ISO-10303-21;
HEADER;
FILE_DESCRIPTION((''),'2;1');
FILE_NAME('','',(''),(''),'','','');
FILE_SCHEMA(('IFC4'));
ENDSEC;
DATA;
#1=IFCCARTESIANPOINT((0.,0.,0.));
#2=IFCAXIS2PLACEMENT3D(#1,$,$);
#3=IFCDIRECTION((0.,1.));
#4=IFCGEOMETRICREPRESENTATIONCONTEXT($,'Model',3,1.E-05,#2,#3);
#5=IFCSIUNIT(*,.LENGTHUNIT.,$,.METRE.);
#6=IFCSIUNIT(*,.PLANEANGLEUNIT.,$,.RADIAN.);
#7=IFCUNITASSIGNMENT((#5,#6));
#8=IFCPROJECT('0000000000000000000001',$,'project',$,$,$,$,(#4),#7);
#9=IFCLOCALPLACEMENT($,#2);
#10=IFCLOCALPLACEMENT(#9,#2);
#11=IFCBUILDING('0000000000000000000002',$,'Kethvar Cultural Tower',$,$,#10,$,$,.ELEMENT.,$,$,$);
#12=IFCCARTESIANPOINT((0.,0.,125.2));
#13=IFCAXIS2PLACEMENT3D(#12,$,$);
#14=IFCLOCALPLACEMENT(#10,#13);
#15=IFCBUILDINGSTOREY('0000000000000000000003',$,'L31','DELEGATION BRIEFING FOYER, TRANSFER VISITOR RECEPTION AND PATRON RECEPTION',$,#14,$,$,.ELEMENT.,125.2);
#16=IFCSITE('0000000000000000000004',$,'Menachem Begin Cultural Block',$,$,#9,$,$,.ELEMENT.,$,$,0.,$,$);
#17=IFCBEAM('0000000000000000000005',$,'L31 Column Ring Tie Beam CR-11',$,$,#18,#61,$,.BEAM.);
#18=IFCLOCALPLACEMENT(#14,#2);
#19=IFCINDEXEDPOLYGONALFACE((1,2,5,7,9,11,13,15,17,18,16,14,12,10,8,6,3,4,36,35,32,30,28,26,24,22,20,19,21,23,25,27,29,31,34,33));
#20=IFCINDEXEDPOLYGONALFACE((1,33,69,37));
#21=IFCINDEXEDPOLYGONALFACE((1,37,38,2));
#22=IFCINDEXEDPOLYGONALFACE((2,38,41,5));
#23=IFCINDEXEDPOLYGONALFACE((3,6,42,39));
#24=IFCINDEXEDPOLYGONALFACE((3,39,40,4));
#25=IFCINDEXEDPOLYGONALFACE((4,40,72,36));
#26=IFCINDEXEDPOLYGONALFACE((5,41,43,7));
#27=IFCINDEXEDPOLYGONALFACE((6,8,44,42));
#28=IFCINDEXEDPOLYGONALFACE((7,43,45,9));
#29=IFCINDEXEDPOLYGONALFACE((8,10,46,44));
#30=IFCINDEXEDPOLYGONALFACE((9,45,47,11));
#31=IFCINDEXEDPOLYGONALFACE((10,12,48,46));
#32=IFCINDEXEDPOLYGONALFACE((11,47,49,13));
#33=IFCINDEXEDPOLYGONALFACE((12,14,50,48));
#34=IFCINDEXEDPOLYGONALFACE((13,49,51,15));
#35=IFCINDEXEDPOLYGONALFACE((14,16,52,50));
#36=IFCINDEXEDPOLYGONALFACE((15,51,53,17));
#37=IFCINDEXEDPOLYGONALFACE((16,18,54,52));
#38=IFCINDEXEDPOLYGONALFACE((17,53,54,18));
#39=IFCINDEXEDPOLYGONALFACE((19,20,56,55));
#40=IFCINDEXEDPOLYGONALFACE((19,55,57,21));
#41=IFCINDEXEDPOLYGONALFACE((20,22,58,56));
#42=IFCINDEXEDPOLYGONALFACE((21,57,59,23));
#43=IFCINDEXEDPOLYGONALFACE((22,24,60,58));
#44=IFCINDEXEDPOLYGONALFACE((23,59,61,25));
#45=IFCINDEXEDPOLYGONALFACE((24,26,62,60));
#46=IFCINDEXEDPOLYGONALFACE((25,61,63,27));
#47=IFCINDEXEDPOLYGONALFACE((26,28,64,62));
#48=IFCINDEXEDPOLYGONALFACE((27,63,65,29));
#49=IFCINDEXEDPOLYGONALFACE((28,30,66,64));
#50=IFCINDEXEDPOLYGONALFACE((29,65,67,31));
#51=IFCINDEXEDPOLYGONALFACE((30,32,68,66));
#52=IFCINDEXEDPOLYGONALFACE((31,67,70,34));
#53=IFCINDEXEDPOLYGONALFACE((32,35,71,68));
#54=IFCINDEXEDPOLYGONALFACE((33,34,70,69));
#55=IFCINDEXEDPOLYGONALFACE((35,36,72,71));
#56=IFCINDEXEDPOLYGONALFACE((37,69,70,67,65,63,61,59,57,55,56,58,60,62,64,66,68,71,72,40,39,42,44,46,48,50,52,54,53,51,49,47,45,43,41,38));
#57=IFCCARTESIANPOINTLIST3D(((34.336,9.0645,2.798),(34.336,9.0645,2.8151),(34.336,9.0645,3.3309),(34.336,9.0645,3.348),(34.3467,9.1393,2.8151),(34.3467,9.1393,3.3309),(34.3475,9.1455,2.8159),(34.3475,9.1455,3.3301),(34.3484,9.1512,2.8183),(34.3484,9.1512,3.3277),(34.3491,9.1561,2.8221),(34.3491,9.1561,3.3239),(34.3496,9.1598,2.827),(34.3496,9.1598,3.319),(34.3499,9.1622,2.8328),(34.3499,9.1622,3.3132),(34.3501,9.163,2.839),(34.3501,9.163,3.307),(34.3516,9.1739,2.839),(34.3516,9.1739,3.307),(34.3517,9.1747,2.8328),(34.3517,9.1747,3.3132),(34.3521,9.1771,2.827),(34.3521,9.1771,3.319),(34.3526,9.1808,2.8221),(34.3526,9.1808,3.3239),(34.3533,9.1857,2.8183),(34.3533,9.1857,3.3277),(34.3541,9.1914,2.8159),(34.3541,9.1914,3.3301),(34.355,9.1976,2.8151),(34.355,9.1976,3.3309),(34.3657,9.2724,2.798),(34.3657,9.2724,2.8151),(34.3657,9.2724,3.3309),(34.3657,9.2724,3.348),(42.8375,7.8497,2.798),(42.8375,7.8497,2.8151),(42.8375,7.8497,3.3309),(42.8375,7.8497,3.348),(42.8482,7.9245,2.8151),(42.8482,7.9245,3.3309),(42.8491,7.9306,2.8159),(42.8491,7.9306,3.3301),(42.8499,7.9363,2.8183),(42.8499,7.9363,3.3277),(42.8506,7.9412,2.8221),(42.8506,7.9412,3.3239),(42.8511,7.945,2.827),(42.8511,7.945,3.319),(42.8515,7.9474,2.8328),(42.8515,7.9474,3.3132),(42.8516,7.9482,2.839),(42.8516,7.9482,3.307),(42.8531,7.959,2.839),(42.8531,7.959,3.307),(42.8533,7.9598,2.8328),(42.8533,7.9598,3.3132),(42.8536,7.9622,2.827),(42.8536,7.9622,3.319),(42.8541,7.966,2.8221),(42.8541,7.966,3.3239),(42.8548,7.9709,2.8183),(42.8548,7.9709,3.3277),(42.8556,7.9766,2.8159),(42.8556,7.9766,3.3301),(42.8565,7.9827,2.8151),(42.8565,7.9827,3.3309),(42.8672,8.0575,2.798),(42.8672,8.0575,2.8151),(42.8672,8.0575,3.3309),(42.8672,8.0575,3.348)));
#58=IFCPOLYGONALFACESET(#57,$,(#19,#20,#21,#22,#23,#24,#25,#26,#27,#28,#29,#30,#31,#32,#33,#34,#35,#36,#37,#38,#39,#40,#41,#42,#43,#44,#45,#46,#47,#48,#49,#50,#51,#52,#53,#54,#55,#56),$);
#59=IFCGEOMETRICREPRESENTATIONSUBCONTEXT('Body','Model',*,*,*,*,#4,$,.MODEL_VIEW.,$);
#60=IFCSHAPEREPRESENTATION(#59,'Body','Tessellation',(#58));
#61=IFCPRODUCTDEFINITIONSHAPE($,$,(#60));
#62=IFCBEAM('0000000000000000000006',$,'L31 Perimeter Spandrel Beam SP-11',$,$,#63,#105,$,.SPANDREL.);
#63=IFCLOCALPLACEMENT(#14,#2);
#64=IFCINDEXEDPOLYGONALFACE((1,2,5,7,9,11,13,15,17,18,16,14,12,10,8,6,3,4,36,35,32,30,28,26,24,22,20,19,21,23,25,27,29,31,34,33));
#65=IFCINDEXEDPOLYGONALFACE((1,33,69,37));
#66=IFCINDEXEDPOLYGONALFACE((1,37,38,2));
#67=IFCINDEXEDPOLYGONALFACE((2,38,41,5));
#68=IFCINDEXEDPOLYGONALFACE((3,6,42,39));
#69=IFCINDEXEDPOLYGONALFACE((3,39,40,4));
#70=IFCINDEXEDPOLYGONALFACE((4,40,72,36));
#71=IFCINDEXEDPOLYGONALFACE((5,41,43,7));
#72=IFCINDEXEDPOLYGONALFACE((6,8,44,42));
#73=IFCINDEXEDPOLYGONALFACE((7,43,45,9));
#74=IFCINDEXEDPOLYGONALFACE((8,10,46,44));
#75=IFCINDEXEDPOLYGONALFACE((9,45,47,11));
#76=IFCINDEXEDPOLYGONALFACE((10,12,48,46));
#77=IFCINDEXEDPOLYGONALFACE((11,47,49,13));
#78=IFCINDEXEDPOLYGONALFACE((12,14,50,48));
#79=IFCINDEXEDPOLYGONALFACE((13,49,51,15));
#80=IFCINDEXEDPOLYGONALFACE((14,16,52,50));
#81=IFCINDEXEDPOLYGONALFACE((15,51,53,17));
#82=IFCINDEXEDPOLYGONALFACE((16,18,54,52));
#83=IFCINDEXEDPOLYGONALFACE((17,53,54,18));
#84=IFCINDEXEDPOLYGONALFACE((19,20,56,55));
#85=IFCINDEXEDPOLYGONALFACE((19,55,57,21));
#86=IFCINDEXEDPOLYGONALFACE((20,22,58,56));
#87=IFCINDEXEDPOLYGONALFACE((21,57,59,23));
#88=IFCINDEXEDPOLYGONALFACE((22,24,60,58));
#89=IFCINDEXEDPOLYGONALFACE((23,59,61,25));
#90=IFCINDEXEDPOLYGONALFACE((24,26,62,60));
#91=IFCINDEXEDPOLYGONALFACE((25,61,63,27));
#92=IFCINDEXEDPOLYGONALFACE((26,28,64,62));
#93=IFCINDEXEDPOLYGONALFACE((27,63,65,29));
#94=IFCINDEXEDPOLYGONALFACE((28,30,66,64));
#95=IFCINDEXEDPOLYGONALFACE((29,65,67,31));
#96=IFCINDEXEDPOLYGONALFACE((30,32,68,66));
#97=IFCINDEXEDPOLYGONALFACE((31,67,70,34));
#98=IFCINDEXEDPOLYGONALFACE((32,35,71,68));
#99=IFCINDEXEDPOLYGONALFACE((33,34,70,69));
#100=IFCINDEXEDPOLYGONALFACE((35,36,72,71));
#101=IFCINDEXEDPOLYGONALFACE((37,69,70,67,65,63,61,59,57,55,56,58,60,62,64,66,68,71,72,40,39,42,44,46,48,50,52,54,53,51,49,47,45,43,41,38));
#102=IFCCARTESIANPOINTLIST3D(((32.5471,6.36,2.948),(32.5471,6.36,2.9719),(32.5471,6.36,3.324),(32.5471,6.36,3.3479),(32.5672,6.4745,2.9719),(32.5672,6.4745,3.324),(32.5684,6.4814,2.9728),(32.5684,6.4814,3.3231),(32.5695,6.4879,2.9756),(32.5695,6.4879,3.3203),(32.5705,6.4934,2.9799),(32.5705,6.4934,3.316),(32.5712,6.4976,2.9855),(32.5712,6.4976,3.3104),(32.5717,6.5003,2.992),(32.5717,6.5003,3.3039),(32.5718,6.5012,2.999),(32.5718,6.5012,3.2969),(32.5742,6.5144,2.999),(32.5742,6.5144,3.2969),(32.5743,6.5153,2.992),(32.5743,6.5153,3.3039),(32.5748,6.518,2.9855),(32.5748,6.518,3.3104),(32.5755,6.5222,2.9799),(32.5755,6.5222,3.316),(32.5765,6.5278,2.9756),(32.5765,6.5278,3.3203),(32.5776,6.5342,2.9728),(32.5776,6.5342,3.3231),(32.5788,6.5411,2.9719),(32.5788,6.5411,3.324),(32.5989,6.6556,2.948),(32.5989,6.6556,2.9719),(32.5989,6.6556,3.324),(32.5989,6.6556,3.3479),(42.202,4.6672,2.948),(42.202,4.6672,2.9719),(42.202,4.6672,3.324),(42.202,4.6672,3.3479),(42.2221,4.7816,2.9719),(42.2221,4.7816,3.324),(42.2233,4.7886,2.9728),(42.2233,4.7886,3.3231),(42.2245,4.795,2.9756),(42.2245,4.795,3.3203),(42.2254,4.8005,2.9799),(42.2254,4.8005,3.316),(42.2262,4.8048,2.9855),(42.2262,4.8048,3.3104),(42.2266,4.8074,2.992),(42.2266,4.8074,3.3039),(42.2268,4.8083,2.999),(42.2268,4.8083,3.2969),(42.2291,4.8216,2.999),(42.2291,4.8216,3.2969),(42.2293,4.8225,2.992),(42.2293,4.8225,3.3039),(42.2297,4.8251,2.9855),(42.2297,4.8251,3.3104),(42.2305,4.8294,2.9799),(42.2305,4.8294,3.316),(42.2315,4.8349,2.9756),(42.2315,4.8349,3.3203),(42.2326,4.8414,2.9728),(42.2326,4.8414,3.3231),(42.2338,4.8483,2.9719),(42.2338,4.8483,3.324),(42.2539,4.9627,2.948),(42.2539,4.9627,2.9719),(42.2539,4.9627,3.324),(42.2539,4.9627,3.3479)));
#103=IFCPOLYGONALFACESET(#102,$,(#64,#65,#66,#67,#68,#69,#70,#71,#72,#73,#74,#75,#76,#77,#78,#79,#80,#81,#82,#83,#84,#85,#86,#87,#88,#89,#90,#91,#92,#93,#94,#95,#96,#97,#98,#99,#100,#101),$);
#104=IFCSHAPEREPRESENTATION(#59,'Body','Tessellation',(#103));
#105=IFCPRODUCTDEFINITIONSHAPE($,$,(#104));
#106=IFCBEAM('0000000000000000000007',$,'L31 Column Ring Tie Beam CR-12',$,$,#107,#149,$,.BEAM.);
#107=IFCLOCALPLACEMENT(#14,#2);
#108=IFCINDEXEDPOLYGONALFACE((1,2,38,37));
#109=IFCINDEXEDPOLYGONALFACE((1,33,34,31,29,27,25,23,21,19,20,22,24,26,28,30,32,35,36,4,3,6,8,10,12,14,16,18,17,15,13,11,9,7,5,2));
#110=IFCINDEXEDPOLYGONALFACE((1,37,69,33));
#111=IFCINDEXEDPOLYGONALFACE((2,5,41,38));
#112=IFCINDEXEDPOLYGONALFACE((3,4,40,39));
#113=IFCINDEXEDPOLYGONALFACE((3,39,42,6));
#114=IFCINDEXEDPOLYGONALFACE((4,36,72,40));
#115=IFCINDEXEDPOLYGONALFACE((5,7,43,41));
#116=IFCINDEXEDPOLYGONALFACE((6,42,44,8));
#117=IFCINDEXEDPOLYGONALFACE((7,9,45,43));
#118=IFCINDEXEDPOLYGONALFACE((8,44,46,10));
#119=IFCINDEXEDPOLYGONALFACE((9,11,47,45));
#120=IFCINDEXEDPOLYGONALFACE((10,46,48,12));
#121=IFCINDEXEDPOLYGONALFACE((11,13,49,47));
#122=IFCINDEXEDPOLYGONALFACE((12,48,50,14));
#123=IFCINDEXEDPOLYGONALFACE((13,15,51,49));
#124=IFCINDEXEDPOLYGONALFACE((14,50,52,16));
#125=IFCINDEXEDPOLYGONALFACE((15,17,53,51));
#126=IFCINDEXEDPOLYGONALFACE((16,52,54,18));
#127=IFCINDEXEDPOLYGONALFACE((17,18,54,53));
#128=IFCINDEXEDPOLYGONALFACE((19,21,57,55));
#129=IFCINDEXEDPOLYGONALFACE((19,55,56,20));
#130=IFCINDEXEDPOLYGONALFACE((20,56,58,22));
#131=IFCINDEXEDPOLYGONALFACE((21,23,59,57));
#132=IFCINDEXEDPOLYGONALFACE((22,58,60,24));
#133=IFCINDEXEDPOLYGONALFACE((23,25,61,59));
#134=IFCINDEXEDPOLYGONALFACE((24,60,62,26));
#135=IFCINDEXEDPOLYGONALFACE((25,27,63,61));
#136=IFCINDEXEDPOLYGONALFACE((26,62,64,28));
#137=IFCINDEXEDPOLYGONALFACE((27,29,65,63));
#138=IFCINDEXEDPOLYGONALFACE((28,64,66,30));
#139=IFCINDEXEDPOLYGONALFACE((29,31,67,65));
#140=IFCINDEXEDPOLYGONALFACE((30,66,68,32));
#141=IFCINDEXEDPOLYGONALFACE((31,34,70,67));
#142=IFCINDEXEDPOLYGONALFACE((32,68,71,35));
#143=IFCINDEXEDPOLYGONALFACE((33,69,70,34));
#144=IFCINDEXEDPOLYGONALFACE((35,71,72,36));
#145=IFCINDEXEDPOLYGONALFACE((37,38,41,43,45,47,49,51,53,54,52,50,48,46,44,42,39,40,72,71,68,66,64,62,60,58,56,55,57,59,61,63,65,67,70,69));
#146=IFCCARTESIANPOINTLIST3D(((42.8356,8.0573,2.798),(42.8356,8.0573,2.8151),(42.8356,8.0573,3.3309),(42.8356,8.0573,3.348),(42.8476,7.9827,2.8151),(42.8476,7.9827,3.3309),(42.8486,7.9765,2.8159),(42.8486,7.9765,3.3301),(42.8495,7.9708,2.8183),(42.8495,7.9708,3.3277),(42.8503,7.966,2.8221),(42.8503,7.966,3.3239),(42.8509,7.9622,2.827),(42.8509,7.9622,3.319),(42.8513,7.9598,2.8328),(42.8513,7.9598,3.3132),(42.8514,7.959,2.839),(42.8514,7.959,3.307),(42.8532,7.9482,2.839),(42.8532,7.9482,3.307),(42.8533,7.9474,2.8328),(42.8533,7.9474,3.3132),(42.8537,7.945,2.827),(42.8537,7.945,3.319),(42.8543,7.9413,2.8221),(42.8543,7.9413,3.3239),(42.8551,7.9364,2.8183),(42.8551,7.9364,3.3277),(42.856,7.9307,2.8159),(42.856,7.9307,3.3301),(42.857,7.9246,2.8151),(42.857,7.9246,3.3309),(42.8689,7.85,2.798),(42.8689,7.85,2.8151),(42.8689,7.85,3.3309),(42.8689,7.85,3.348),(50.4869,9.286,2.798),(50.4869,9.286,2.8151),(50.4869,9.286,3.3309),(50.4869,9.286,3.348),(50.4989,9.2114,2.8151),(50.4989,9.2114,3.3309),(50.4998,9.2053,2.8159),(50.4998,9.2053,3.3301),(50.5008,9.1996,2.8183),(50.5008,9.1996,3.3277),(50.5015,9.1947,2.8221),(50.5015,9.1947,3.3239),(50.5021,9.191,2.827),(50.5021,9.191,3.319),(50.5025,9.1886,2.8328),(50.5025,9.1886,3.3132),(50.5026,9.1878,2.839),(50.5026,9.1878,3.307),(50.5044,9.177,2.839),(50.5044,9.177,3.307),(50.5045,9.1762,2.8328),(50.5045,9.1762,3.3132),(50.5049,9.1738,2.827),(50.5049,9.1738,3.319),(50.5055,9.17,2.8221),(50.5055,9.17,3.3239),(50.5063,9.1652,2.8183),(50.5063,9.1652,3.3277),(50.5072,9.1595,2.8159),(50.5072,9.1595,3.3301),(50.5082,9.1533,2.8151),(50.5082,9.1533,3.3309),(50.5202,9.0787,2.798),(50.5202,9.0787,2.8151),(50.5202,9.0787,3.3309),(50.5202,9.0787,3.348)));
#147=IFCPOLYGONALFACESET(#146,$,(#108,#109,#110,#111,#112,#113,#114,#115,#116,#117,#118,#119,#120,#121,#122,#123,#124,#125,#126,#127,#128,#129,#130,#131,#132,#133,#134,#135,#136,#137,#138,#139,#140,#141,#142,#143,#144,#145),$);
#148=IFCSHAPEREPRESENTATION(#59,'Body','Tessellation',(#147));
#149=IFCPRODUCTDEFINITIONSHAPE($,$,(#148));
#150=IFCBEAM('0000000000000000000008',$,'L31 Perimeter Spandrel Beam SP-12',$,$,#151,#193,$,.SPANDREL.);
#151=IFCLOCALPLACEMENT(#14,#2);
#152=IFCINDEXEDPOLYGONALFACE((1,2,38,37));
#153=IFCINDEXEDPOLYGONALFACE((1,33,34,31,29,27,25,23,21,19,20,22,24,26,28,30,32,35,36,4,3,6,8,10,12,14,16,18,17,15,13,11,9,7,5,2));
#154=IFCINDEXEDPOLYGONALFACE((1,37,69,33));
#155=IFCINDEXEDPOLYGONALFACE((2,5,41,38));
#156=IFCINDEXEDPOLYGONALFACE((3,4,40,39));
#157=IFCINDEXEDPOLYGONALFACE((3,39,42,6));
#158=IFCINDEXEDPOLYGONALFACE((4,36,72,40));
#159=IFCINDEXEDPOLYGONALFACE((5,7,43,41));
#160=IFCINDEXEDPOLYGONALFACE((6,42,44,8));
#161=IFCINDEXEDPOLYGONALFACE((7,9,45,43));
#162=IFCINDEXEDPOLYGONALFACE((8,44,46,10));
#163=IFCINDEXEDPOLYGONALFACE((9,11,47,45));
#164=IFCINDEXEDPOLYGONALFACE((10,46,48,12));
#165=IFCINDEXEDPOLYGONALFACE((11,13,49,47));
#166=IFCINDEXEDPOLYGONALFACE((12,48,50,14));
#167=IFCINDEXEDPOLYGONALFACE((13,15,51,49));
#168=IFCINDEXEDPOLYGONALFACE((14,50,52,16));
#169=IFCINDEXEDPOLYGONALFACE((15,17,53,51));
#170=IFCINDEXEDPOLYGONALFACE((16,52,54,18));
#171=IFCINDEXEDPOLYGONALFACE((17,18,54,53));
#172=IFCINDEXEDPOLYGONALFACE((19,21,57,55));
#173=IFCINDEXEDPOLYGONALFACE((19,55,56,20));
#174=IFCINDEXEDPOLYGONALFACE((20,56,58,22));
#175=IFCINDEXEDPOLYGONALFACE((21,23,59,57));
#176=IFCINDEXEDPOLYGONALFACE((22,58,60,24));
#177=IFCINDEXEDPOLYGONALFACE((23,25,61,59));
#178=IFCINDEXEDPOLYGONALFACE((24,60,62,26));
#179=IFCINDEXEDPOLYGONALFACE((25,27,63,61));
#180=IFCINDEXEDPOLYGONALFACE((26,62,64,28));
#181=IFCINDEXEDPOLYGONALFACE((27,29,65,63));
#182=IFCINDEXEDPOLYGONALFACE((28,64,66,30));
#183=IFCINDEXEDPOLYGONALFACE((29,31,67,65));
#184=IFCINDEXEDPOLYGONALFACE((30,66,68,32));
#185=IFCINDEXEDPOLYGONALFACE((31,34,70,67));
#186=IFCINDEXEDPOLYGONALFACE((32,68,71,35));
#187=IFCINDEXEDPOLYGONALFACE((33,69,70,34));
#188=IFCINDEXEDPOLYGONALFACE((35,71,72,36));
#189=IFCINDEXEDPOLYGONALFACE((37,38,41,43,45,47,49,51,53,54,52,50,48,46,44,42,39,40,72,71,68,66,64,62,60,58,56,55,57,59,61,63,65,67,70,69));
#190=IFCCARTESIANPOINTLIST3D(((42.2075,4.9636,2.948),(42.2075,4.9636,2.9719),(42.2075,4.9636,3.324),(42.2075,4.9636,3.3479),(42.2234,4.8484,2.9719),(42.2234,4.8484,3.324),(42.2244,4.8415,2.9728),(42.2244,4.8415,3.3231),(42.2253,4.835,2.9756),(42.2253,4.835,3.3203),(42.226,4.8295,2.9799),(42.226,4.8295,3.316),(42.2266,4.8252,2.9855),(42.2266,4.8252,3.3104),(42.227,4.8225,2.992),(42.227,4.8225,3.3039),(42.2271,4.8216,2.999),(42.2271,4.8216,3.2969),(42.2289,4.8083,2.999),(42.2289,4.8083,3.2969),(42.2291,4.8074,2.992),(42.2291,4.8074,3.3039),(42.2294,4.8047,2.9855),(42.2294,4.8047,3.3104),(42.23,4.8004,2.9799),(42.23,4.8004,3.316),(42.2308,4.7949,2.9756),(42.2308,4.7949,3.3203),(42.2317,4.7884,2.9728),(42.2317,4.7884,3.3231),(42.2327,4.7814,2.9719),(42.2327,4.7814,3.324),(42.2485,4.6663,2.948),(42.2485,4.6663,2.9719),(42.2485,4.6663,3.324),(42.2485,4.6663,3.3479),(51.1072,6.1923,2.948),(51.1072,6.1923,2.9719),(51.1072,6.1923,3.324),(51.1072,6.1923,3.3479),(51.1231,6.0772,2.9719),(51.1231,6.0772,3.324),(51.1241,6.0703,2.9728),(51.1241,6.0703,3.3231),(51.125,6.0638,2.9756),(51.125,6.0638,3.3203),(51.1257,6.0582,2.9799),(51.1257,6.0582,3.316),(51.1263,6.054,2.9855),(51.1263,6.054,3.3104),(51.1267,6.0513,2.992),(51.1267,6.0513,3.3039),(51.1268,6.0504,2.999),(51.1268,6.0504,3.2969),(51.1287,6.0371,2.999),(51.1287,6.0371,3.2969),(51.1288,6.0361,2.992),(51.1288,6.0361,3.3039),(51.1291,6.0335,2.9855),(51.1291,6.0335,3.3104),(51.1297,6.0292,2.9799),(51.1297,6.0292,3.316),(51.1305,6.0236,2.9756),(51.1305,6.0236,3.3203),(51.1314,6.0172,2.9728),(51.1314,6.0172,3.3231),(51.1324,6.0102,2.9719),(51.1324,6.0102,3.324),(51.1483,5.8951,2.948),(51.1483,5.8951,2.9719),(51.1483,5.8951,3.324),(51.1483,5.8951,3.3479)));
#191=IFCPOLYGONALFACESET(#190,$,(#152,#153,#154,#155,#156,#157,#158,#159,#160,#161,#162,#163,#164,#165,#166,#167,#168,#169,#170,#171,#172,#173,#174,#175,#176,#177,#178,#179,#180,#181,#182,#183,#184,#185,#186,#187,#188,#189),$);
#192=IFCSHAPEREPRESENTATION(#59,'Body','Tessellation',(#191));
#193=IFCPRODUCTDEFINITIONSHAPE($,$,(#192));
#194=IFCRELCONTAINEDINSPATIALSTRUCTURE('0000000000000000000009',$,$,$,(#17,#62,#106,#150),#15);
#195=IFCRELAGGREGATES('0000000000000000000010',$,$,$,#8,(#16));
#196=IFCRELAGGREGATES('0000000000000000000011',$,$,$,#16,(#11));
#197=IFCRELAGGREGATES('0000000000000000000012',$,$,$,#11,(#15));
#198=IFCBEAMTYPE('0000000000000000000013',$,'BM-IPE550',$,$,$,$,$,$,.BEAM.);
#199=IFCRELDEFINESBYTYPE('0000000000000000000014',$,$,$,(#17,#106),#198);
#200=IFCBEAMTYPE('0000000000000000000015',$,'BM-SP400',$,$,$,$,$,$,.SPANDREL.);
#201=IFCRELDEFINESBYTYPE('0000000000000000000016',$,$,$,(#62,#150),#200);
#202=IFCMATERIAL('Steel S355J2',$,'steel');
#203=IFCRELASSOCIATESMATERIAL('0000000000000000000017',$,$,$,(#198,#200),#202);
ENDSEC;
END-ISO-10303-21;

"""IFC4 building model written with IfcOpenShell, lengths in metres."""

from ifc_helpers import new_model, si_unit, direction, frame, origin, origin_2d, place, context, subcontext, project, spatial, i_section, extrude, source, transform, mapped, material, material_profile, profile_set, type_object, element, save


model = new_model("IFC4")

# Units and contexts
model_context = context("Model", 3, precision=1e-05, world=origin(), true_north=direction((0.0, 1.0)))
body_context = subcontext(model_context, "Body", "Model", "MODEL_VIEW")
ifc_project = project(units=[si_unit("LENGTHUNIT", "METRE"), si_unit("PLANEANGLEUNIT", "RADIAN")], contexts=[model_context])

# Site, building, storey
site_placement = place(None, origin())
site = spatial("IfcSite", under=ifc_project, at=site_placement, Name="Menachem Begin Cultural Block", CompositionType="ELEMENT", RefElevation=0.0)
building_placement = place(site_placement, origin())
building = spatial("IfcBuilding", under=site, at=building_placement, Name="Kethvar Cultural Tower", CompositionType="ELEMENT")
storey_placement = place(building_placement, frame((0.0, 0.0, 125.2)))
storey = spatial("IfcBuildingStorey", under=building, at=storey_placement, Name="L31", Description="DELEGATION BRIEFING FOYER, TRANSFER VISITOR RECEPTION AND PATRON RECEPTION", CompositionType="ELEMENT", Elevation=125.2)

# Beams
ifc_material_1 = material(Name="Steel S355J2", Category="steel")
ifc_material_profile_1 = material_profile(ifc_material_1, i_section(OverallWidth=0.21, OverallDepth=0.55, WebThickness=0.011, FlangeThickness=0.0171, FilletRadius=0.0239, at=origin_2d()), Name="Steel S355J2 — IPE550")
ifc_profile_set_1 = profile_set([ifc_material_profile_1], Name="Steel S355J2 — IPE550")
beam_type_1 = type_object("IfcBeamType", Name="BM-IPE550", PredefinedType="BEAM", material=ifc_profile_set_1)
shared_shape_1 = source(origin(), body_context, "Body", "SweptSolid", [
    extrude(i_section(OverallWidth=0.21, OverallDepth=0.55, WebThickness=0.011, FlangeThickness=0.0171, FilletRadius=0.0239, at=origin_2d()), origin(), (0.0, 0.0, 1.0), 8.5879),
])
beam_1_placement = place(storey_placement, frame((34.3508, 9.1685, 3.073), z_axis=(0.989944, -0.141461, 0.0), x_axis=(0.141461, 0.989944, 0.0)))
element("IfcBeam", 1, at=beam_1_placement, inside=storey, type_object=beam_type_1, Name="L31 Column Ring Tie Beam CR-11", PredefinedType="BEAM", context=body_context, shape_type="MappedRepresentation", body=[
    mapped(shared_shape_1, transform((0.0, 0.0, 0.0), scale=1.0)),
])
ifc_material_profile_2 = material_profile(ifc_material_1, i_section(OverallWidth=0.3, OverallDepth=0.3999, WebThickness=0.0134, FlangeThickness=0.0239, FilletRadius=0.0271, at=origin_2d()), Name="Steel S355J2 — HEB400")
ifc_profile_set_2 = profile_set([ifc_material_profile_2], Name="Steel S355J2 — HEB400")
beam_type_2 = type_object("IfcBeamType", Name="BM-SP400", PredefinedType="SPANDREL", material=ifc_profile_set_2)
shared_shape_2 = source(origin(), body_context, "Body", "SweptSolid", [
    extrude(i_section(OverallWidth=0.3, OverallDepth=0.3999, WebThickness=0.0134, FlangeThickness=0.0239, FilletRadius=0.0271, at=origin_2d()), origin(), (0.0, 0.0, 1.0), 9.8022),
])
beam_2_placement = place(storey_placement, frame((32.573, 6.5078, 3.1479), z_axis=(0.984974, -0.172701, 0.0), x_axis=(0.172701, 0.984974, 0.0)))
element("IfcBeam", 2, at=beam_2_placement, inside=storey, type_object=beam_type_2, Name="L31 Perimeter Spandrel Beam SP-11", PredefinedType="SPANDREL", context=body_context, shape_type="MappedRepresentation", body=[
    mapped(shared_shape_2, transform((0.0, 0.0, 0.0), scale=1.0)),
])
shared_shape_3 = source(origin(), body_context, "Body", "SweptSolid", [
    extrude(i_section(OverallWidth=0.21, OverallDepth=0.55, WebThickness=0.011, FlangeThickness=0.0171, FilletRadius=0.0239, at=origin_2d()), origin(), (0.0, 0.0, 1.0), 7.7493),
])
beam_3_placement = place(storey_placement, frame((42.8523, 7.9536, 3.073), z_axis=(0.987348, 0.158567, 0.0), x_axis=(-0.158567, 0.987348, 0.0)))
element("IfcBeam", 3, at=beam_3_placement, inside=storey, type_object=beam_type_1, Name="L31 Column Ring Tie Beam CR-12", PredefinedType="BEAM", context=body_context, shape_type="MappedRepresentation", body=[
    mapped(shared_shape_3, transform((0.0, 0.0, 0.0), scale=1.0)),
])
shared_shape_4 = source(origin(), body_context, "Body", "SweptSolid", [
    extrude(i_section(OverallWidth=0.3, OverallDepth=0.3999, WebThickness=0.0134, FlangeThickness=0.0239, FilletRadius=0.0271, at=origin_2d()), origin(), (0.0, 0.0, 1.0), 8.9841),
])
beam_4_placement = place(storey_placement, frame((42.228, 4.8149, 3.1479), z_axis=(0.990603, 0.136771, 0.0), x_axis=(-0.136771, 0.990603, 0.0)))
element("IfcBeam", 4, at=beam_4_placement, inside=storey, type_object=beam_type_2, Name="L31 Perimeter Spandrel Beam SP-12", PredefinedType="SPANDREL", context=body_context, shape_type="MappedRepresentation", body=[
    mapped(shared_shape_4, transform((0.0, 0.0, 0.0), scale=1.0)),
])

save(model, "model.ifc")
